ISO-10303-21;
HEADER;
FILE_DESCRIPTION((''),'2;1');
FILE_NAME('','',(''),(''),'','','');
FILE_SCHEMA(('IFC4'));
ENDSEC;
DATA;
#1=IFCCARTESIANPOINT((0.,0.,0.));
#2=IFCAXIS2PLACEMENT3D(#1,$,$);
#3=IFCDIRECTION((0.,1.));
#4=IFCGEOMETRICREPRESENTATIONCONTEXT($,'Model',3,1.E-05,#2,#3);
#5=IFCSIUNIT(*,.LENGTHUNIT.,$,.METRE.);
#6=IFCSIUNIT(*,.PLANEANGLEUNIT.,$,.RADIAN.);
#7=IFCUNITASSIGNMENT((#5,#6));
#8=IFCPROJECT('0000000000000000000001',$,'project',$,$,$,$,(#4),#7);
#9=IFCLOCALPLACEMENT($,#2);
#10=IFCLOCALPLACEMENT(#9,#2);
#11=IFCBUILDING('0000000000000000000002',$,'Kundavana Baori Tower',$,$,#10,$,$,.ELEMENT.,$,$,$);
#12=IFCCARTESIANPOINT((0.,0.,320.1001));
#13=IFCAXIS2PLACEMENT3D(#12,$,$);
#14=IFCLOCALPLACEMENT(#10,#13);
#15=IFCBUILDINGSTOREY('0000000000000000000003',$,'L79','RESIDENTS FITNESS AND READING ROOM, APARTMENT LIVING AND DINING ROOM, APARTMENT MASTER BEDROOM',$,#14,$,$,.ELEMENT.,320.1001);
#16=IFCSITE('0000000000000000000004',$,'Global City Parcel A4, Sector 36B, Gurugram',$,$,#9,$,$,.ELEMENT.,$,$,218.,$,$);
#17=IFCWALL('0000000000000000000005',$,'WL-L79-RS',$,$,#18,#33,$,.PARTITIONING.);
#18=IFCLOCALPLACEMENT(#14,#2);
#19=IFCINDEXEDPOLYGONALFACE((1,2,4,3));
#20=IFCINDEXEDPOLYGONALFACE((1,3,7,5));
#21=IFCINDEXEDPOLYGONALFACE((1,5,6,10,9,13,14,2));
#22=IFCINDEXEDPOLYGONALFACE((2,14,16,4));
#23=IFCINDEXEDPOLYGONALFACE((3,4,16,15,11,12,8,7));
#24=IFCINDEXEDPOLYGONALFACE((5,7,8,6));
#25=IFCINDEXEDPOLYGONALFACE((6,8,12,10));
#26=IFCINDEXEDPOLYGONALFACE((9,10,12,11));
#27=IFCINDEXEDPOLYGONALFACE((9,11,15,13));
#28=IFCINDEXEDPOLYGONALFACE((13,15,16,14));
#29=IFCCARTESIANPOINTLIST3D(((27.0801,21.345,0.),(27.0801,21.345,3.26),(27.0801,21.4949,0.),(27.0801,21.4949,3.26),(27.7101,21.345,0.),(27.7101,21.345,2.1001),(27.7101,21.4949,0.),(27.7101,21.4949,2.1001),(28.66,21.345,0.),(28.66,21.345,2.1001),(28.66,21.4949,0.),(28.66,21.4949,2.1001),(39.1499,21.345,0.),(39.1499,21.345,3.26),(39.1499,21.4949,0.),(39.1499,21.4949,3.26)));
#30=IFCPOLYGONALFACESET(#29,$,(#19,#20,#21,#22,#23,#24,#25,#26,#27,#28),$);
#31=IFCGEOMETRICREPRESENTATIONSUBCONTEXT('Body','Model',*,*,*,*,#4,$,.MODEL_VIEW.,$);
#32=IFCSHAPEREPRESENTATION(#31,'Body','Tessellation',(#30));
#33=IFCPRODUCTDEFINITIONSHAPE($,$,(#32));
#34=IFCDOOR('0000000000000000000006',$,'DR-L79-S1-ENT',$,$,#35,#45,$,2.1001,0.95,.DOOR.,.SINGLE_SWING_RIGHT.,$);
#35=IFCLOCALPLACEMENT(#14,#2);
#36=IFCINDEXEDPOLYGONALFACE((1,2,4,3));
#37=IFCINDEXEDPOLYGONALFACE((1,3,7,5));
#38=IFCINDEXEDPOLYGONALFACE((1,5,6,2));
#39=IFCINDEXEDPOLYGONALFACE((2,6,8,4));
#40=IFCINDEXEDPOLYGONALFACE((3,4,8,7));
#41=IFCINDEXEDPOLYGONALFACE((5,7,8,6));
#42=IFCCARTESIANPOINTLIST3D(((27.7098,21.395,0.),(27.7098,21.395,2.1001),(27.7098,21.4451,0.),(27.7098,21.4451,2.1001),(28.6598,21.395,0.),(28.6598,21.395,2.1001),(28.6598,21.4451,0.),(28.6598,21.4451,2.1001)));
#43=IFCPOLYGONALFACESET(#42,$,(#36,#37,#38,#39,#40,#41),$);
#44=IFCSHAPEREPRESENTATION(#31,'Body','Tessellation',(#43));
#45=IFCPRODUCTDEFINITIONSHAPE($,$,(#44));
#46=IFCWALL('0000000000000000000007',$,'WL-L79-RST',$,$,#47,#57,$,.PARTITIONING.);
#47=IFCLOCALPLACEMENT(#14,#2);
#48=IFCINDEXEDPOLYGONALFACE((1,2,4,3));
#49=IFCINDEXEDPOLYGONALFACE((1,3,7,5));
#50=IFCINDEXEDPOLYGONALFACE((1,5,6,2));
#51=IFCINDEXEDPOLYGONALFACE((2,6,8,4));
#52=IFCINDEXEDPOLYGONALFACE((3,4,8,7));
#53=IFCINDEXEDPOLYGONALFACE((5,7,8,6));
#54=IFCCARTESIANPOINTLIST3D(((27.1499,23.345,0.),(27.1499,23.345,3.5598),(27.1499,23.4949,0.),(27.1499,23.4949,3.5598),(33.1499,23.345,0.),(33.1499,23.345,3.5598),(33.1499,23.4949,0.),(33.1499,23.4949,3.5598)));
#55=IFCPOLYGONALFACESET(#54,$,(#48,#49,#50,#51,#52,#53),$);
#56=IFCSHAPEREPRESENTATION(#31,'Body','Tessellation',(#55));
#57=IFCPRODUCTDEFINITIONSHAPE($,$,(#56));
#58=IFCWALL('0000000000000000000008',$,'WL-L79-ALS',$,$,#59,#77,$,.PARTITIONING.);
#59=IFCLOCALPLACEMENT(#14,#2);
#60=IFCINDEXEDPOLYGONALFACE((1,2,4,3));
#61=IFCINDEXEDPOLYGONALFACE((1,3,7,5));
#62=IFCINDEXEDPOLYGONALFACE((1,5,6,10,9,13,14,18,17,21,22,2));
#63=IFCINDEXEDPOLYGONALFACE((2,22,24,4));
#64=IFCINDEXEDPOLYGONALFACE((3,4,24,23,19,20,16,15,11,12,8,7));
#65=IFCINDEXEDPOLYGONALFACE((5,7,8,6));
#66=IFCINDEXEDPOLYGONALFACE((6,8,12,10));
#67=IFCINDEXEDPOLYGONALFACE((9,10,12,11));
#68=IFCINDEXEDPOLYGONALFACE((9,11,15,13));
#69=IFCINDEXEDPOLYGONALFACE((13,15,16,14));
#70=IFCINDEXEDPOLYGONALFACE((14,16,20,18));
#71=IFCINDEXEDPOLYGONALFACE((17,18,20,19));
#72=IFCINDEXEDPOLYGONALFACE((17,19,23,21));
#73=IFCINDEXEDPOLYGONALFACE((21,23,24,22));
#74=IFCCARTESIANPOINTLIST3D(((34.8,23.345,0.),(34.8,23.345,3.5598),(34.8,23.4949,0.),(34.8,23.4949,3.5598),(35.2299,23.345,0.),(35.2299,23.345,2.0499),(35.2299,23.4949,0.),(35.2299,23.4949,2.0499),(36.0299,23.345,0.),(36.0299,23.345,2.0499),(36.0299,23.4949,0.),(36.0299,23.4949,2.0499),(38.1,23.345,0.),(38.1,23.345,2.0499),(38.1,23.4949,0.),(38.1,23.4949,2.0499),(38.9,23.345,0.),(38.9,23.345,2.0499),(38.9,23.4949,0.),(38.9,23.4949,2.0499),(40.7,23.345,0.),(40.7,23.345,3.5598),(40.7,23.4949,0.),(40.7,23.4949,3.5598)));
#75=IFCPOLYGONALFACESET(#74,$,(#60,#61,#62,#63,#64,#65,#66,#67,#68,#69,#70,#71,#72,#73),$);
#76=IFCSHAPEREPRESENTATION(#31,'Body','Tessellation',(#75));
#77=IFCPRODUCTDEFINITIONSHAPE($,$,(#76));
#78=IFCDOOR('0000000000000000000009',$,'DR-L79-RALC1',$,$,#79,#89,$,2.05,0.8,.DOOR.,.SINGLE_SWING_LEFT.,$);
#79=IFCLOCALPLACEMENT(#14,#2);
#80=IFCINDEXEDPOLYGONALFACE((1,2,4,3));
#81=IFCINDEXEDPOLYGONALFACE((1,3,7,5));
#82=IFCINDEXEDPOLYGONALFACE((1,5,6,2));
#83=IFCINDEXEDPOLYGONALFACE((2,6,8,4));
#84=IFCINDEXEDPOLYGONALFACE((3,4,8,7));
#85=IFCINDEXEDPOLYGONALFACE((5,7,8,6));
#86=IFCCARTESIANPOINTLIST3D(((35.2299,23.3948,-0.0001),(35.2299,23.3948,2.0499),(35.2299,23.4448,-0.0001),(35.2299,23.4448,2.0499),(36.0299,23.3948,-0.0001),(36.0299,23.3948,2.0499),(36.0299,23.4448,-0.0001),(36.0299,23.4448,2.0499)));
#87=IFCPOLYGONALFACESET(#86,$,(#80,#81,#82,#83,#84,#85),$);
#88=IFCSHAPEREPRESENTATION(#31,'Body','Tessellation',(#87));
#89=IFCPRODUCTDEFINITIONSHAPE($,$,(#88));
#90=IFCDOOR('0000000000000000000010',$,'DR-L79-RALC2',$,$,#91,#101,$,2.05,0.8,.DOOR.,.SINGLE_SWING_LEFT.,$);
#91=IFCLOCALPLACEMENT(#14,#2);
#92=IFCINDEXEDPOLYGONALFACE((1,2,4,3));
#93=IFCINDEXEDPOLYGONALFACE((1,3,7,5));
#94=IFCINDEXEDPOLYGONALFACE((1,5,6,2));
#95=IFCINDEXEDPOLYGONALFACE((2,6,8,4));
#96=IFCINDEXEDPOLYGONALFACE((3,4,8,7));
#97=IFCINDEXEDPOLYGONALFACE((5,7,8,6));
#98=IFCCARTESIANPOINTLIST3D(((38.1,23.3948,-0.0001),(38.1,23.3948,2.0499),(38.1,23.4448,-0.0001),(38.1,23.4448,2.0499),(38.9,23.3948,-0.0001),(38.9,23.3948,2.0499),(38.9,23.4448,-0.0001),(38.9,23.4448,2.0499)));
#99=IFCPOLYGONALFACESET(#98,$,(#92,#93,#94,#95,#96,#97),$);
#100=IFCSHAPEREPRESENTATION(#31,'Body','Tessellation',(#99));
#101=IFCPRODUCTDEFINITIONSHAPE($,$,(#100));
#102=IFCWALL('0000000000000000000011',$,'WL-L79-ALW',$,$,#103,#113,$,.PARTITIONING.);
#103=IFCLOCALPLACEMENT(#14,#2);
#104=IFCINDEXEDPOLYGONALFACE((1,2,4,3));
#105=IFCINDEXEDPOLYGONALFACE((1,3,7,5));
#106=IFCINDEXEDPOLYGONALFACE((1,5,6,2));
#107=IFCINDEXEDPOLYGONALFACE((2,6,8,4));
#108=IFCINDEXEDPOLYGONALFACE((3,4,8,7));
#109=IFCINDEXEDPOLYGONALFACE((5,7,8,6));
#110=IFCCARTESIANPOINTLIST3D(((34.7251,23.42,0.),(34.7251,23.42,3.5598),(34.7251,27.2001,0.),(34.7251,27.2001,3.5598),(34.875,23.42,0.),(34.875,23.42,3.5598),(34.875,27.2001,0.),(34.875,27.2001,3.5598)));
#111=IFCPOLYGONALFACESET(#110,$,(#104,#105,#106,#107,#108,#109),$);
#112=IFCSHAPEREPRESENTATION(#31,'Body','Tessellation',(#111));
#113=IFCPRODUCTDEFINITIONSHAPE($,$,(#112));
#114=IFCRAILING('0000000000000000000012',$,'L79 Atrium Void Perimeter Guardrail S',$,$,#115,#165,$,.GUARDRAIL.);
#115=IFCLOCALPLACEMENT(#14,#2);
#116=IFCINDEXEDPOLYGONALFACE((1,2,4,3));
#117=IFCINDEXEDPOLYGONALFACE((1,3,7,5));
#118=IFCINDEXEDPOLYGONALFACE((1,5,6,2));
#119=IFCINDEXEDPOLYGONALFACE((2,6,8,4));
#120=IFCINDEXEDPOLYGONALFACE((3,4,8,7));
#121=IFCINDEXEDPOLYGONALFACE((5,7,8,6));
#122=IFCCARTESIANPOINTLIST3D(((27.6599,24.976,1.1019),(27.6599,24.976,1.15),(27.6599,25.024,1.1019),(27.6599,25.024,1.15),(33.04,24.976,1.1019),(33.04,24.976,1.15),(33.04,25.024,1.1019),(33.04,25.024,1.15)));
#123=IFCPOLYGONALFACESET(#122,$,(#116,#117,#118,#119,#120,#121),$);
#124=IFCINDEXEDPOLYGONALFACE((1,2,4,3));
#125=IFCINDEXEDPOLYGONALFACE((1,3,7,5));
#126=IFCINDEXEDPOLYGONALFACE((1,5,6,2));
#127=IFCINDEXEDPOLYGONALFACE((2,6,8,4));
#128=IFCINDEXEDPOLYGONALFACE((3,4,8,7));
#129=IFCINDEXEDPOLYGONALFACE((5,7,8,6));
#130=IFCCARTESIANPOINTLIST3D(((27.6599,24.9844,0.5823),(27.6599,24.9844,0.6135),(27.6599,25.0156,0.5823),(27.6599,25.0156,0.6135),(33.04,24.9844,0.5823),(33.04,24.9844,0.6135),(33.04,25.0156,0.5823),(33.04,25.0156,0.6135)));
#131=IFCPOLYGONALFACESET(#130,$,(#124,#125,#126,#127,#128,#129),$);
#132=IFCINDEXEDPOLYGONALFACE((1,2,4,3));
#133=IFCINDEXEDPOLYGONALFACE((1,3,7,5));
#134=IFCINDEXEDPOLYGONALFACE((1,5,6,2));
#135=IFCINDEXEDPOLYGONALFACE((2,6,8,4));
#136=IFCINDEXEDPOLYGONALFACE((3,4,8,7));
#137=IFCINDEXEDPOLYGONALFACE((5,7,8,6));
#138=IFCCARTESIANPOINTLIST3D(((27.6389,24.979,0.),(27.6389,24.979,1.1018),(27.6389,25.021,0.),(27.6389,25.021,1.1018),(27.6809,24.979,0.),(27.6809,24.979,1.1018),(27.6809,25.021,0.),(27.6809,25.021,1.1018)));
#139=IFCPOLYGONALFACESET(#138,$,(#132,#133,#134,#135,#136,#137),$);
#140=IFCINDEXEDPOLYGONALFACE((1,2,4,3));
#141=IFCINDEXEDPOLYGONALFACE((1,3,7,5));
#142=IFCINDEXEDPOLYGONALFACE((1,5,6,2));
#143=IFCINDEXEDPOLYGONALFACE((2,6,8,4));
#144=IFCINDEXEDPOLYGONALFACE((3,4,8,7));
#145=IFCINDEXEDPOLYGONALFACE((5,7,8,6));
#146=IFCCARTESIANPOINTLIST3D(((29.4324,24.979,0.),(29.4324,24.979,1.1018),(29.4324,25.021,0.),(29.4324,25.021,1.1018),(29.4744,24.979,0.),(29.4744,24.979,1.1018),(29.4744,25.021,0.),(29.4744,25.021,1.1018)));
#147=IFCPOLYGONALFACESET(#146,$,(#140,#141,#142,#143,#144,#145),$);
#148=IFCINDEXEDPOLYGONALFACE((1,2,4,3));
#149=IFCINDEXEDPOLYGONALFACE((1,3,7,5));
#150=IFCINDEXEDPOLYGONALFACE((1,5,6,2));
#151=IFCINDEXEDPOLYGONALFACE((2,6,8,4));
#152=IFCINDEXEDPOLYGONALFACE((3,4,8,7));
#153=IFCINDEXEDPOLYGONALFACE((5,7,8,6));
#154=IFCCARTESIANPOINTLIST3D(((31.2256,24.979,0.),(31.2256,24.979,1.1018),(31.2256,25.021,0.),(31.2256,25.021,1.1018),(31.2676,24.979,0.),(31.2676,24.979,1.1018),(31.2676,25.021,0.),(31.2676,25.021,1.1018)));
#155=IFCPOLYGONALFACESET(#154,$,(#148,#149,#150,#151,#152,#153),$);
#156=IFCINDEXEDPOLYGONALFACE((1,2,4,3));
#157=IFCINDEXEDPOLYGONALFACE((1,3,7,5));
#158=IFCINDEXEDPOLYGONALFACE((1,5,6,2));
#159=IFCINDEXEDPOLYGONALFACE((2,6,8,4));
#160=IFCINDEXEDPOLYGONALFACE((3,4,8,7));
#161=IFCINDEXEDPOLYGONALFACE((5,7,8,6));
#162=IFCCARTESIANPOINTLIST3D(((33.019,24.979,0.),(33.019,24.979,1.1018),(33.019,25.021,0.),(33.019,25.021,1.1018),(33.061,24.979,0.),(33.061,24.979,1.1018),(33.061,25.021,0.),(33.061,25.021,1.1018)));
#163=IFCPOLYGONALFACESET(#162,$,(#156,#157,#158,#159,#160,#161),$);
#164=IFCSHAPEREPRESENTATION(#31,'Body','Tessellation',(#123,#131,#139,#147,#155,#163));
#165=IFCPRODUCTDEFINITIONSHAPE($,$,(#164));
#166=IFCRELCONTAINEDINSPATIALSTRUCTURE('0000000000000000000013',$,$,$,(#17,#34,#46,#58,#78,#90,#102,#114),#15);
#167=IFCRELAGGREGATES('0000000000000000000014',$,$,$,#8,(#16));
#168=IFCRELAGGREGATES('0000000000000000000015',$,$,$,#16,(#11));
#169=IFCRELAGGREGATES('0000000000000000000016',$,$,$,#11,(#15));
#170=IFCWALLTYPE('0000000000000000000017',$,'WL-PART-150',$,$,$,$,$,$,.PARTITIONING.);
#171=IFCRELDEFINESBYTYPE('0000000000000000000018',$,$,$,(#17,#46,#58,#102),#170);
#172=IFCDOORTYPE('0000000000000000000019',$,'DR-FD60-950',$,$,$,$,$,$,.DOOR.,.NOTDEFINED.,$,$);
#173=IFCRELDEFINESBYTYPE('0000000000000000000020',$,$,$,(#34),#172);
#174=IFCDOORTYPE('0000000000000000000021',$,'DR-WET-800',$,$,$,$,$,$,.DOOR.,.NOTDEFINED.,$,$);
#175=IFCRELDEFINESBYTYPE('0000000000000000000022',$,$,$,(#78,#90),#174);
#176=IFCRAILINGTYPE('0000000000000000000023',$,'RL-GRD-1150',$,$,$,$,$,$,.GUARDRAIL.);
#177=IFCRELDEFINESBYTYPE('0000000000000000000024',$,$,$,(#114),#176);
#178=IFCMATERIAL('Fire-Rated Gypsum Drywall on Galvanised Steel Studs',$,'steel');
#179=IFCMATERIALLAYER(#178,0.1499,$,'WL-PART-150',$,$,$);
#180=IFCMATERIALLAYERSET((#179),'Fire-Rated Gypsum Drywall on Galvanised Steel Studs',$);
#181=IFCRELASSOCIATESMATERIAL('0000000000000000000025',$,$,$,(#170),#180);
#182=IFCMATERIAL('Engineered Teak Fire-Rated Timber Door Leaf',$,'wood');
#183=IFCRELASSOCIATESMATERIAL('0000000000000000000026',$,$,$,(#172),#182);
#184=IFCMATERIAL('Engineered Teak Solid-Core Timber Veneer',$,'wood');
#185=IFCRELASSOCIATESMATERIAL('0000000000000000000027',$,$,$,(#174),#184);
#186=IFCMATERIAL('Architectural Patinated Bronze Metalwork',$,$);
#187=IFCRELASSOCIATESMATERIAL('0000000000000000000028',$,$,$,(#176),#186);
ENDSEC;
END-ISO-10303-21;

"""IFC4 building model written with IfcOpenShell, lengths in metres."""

from ifc_helpers import new_model, si_unit, direction, frame, frame_2d, origin, origin_2d, place, context, subcontext, project, spatial, rectangle, extrude, material, layer, layer_set, type_object, element, fill, save


model = new_model("IFC4")

# Units and contexts
model_context = context("Model", 3, precision=1e-05, world=origin(), true_north=direction((0.0, 1.0)))
body_context = subcontext(model_context, "Body", "Model", "MODEL_VIEW")
ifc_project = project(units=[si_unit("LENGTHUNIT", "METRE"), si_unit("PLANEANGLEUNIT", "RADIAN")], contexts=[model_context])

# Site, building, storey
site_placement = place(None, origin())
site = spatial("IfcSite", under=ifc_project, at=site_placement, Name="Global City Parcel A4, Sector 36B, Gurugram", CompositionType="ELEMENT", RefElevation=218.0)
building_placement = place(site_placement, origin())
building = spatial("IfcBuilding", under=site, at=building_placement, Name="Kundavana Baori Tower", CompositionType="ELEMENT")
storey_placement = place(building_placement, frame((0.0, 0.0, 320.1001)))
storey = spatial("IfcBuildingStorey", under=building, at=storey_placement, Name="L79", Description="RESIDENTS FITNESS AND READING ROOM, APARTMENT LIVING AND DINING ROOM, APARTMENT MASTER BEDROOM", CompositionType="ELEMENT", Elevation=320.1001)

# Wall, opening, door
ifc_material_1 = material(Name="Fire-Rated Gypsum Drywall on Galvanised Steel Studs", Category="steel")
ifc_layer = layer(ifc_material_1, 0.1499, Name="WL-PART-150")
ifc_layer_set = layer_set([ifc_layer], Name="Fire-Rated Gypsum Drywall on Galvanised Steel Studs")
wall_type = type_object("IfcWallType", Name="WL-PART-150", PredefinedType="PARTITIONING", material=ifc_layer_set)
wall_1_placement = place(storey_placement, frame((27.0801, 21.4199, 0.0), z_axis=(0.0, 0.0, 1.0), x_axis=(1.0, 0.0, 0.0)))
wall_1 = element("IfcWall", 1, at=wall_1_placement, inside=storey, type_object=wall_type, Name="WL-L79-RS", PredefinedType="PARTITIONING", context=body_context, shape_type="SweptSolid", body=[
    extrude(rectangle(XDim=12.0698, YDim=0.1499, at=frame_2d((6.0349, 0.0))), origin(), (0.0, 0.0, 1.0), 3.26),
])
opening_1_placement = place(wall_1_placement, frame((0.6299, 0.0, 0.0)))
opening_1 = element("IfcOpeningElement", 2, at=opening_1_placement, cuts=wall_1, PredefinedType="OPENING", context=body_context, shape_type="SweptSolid", body=[
    extrude(rectangle(XDim=0.95, YDim=2.1001, at=frame_2d((0.4751, 1.05))), frame((0.0, 0.085, 0.0), z_axis=(0.0, -1.0, 0.0), x_axis=(1.0, 0.0, 0.0)), (0.0, 0.0, 1.0), 0.1699),
])
ifc_material_2 = material(Name="Engineered Teak Fire-Rated Timber Door Leaf", Category="wood")
door_type_1 = type_object("IfcDoorType", Name="DR-FD60-950", OperationType="NOTDEFINED", PredefinedType="DOOR", material=ifc_material_2)
door_1_placement = place(opening_1_placement, frame((0.95, 0.0, 0.0), z_axis=(0.0, 0.0, 1.0), x_axis=(-1.0, 0.0, 0.0)))
door_1 = element("IfcDoor", 3, at=door_1_placement, inside=storey, type_object=door_type_1, Name="DR-L79-S1-ENT", OperationType="SINGLE_SWING_RIGHT", OverallHeight=2.1001, OverallWidth=0.95, PredefinedType="DOOR", context=body_context, shape_type="SweptSolid", body=[
    extrude(rectangle(XDim=0.95, YDim=2.1001, at=frame_2d((0.4751, 1.05))), frame((0.0, 0.0249, 0.0), z_axis=(0.0, -1.0, 0.0), x_axis=(1.0, 0.0, 0.0)), (0.0, 0.0, 1.0), 0.05),
])
fill(opening_1, door_1)

# Wall
wall_2_placement = place(storey_placement, frame((27.1499, 23.4199, 0.0), z_axis=(0.0, 0.0, 1.0), x_axis=(1.0, 0.0, 0.0)))
element("IfcWall", 4, at=wall_2_placement, inside=storey, type_object=wall_type, Name="WL-L79-RST", PredefinedType="PARTITIONING", context=body_context, shape_type="SweptSolid", body=[
    extrude(rectangle(XDim=6.0, YDim=0.1499, at=frame_2d((3.0, 0.0))), origin(), (0.0, 0.0, 1.0), 3.5598),
])

# Wall, openings, doors
wall_3_placement = place(storey_placement, frame((34.8, 23.4199, 0.0), z_axis=(0.0, 0.0, 1.0), x_axis=(1.0, 0.0, 0.0)))
wall_3 = element("IfcWall", 5, at=wall_3_placement, inside=storey, type_object=wall_type, Name="WL-L79-ALS", PredefinedType="PARTITIONING", context=body_context, shape_type="SweptSolid", body=[
    extrude(rectangle(XDim=5.8999, YDim=0.1499, at=frame_2d((2.95, 0.0))), origin(), (0.0, 0.0, 1.0), 3.5598),
])
opening_2_placement = place(wall_3_placement, frame((0.4299, 0.0, 0.0)))
opening_2 = element("IfcOpeningElement", 6, at=opening_2_placement, cuts=wall_3, PredefinedType="OPENING", context=body_context, shape_type="SweptSolid", body=[
    extrude(rectangle(XDim=0.8, YDim=2.05, at=frame_2d((0.3999, 1.0249))), frame((0.0, 0.085, 0.0), z_axis=(0.0, -1.0, 0.0), x_axis=(1.0, 0.0, 0.0)), (0.0, 0.0, 1.0), 0.1699),
])
opening_3_placement = place(wall_3_placement, frame((3.3, 0.0, 0.0)))
opening_3 = element("IfcOpeningElement", 7, at=opening_3_placement, cuts=wall_3, PredefinedType="OPENING", context=body_context, shape_type="SweptSolid", body=[
    extrude(rectangle(XDim=0.8, YDim=2.05, at=frame_2d((0.3999, 1.0249))), frame((0.0, 0.085, 0.0), z_axis=(0.0, -1.0, 0.0), x_axis=(1.0, 0.0, 0.0)), (0.0, 0.0, 1.0), 0.1699),
])
ifc_material_3 = material(Name="Engineered Teak Solid-Core Timber Veneer", Category="wood")
door_type_2 = type_object("IfcDoorType", Name="DR-WET-800", OperationType="NOTDEFINED", PredefinedType="DOOR", material=ifc_material_3)
door_2_placement = place(opening_2_placement, origin())
door_2 = element("IfcDoor", 8, at=door_2_placement, inside=storey, type_object=door_type_2, Name="DR-L79-RALC1", OperationType="SINGLE_SWING_LEFT", OverallHeight=2.05, OverallWidth=0.8, PredefinedType="DOOR", context=body_context, shape_type="SweptSolid", body=[
    extrude(rectangle(XDim=0.8, YDim=2.05, at=frame_2d((0.3999, 1.0249))), frame((0.0, 0.0249, 0.0), z_axis=(0.0, -1.0, 0.0), x_axis=(1.0, 0.0, 0.0)), (0.0, 0.0, 1.0), 0.05),
])
fill(opening_2, door_2)
door_3_placement = place(opening_3_placement, origin())
door_3 = element("IfcDoor", 9, at=door_3_placement, inside=storey, type_object=door_type_2, Name="DR-L79-RALC2", OperationType="SINGLE_SWING_LEFT", OverallHeight=2.05, OverallWidth=0.8, PredefinedType="DOOR", context=body_context, shape_type="SweptSolid", body=[
    extrude(rectangle(XDim=0.8, YDim=2.05, at=frame_2d((0.3999, 1.0249))), frame((0.0, 0.0249, 0.0), z_axis=(0.0, -1.0, 0.0), x_axis=(1.0, 0.0, 0.0)), (0.0, 0.0, 1.0), 0.05),
])
fill(opening_3, door_3)

# Wall
wall_4_placement = place(storey_placement, frame((34.8, 23.4199, 0.0), z_axis=(0.0, 0.0, 1.0), x_axis=(0.0, 1.0, 0.0)))
element("IfcWall", 10, at=wall_4_placement, inside=storey, type_object=wall_type, Name="WL-L79-ALW", PredefinedType="PARTITIONING", context=body_context, shape_type="SweptSolid", body=[
    extrude(rectangle(XDim=3.78, YDim=0.1499, at=frame_2d((1.8901, 0.0))), origin(), (0.0, 0.0, 1.0), 3.5598),
])

# Railing
ifc_material_4 = material(Name="Architectural Patinated Bronze Metalwork")
railing_type = type_object("IfcRailingType", Name="RL-GRD-1150", PredefinedType="GUARDRAIL", material=ifc_material_4)
railing_1_placement = place(storey_placement, frame((27.6599, 25.0, 0.0)))
element("IfcRailing", 11, at=railing_1_placement, inside=storey, type_object=railing_type, Name="L79 Atrium Void Perimeter Guardrail S", PredefinedType="GUARDRAIL", context=body_context, shape_type="SweptSolid", body=[
    extrude(rectangle(XDim=0.0481, YDim=0.0481, at=origin_2d()), frame((0.0, 0.0, 1.126), z_axis=(1.0, 0.0, 0.0), x_axis=(0.0, 1.0, 0.0)), (0.0, 0.0, 1.0), 5.3801),
    extrude(rectangle(XDim=0.0312, YDim=0.0312, at=origin_2d()), frame((0.0, 0.0, 0.5979), z_axis=(1.0, 0.0, 0.0), x_axis=(0.0, 1.0, 0.0)), (0.0, 0.0, 1.0), 5.3801),
    extrude(rectangle(XDim=0.042, YDim=0.042, at=origin_2d()), origin(), (0.0, 0.0, 1.0), 1.1018),
    extrude(rectangle(XDim=0.042, YDim=0.042, at=origin_2d()), frame((1.7935, 0.0, 0.0)), (0.0, 0.0, 1.0), 1.1018),
    extrude(rectangle(XDim=0.042, YDim=0.042, at=origin_2d()), frame((3.5867, 0.0, 0.0)), (0.0, 0.0, 1.0), 1.1018),
    extrude(rectangle(XDim=0.042, YDim=0.042, at=origin_2d()), frame((5.3801, 0.0, 0.0)), (0.0, 0.0, 1.0), 1.1018),
])

save(model, "model.ifc")
